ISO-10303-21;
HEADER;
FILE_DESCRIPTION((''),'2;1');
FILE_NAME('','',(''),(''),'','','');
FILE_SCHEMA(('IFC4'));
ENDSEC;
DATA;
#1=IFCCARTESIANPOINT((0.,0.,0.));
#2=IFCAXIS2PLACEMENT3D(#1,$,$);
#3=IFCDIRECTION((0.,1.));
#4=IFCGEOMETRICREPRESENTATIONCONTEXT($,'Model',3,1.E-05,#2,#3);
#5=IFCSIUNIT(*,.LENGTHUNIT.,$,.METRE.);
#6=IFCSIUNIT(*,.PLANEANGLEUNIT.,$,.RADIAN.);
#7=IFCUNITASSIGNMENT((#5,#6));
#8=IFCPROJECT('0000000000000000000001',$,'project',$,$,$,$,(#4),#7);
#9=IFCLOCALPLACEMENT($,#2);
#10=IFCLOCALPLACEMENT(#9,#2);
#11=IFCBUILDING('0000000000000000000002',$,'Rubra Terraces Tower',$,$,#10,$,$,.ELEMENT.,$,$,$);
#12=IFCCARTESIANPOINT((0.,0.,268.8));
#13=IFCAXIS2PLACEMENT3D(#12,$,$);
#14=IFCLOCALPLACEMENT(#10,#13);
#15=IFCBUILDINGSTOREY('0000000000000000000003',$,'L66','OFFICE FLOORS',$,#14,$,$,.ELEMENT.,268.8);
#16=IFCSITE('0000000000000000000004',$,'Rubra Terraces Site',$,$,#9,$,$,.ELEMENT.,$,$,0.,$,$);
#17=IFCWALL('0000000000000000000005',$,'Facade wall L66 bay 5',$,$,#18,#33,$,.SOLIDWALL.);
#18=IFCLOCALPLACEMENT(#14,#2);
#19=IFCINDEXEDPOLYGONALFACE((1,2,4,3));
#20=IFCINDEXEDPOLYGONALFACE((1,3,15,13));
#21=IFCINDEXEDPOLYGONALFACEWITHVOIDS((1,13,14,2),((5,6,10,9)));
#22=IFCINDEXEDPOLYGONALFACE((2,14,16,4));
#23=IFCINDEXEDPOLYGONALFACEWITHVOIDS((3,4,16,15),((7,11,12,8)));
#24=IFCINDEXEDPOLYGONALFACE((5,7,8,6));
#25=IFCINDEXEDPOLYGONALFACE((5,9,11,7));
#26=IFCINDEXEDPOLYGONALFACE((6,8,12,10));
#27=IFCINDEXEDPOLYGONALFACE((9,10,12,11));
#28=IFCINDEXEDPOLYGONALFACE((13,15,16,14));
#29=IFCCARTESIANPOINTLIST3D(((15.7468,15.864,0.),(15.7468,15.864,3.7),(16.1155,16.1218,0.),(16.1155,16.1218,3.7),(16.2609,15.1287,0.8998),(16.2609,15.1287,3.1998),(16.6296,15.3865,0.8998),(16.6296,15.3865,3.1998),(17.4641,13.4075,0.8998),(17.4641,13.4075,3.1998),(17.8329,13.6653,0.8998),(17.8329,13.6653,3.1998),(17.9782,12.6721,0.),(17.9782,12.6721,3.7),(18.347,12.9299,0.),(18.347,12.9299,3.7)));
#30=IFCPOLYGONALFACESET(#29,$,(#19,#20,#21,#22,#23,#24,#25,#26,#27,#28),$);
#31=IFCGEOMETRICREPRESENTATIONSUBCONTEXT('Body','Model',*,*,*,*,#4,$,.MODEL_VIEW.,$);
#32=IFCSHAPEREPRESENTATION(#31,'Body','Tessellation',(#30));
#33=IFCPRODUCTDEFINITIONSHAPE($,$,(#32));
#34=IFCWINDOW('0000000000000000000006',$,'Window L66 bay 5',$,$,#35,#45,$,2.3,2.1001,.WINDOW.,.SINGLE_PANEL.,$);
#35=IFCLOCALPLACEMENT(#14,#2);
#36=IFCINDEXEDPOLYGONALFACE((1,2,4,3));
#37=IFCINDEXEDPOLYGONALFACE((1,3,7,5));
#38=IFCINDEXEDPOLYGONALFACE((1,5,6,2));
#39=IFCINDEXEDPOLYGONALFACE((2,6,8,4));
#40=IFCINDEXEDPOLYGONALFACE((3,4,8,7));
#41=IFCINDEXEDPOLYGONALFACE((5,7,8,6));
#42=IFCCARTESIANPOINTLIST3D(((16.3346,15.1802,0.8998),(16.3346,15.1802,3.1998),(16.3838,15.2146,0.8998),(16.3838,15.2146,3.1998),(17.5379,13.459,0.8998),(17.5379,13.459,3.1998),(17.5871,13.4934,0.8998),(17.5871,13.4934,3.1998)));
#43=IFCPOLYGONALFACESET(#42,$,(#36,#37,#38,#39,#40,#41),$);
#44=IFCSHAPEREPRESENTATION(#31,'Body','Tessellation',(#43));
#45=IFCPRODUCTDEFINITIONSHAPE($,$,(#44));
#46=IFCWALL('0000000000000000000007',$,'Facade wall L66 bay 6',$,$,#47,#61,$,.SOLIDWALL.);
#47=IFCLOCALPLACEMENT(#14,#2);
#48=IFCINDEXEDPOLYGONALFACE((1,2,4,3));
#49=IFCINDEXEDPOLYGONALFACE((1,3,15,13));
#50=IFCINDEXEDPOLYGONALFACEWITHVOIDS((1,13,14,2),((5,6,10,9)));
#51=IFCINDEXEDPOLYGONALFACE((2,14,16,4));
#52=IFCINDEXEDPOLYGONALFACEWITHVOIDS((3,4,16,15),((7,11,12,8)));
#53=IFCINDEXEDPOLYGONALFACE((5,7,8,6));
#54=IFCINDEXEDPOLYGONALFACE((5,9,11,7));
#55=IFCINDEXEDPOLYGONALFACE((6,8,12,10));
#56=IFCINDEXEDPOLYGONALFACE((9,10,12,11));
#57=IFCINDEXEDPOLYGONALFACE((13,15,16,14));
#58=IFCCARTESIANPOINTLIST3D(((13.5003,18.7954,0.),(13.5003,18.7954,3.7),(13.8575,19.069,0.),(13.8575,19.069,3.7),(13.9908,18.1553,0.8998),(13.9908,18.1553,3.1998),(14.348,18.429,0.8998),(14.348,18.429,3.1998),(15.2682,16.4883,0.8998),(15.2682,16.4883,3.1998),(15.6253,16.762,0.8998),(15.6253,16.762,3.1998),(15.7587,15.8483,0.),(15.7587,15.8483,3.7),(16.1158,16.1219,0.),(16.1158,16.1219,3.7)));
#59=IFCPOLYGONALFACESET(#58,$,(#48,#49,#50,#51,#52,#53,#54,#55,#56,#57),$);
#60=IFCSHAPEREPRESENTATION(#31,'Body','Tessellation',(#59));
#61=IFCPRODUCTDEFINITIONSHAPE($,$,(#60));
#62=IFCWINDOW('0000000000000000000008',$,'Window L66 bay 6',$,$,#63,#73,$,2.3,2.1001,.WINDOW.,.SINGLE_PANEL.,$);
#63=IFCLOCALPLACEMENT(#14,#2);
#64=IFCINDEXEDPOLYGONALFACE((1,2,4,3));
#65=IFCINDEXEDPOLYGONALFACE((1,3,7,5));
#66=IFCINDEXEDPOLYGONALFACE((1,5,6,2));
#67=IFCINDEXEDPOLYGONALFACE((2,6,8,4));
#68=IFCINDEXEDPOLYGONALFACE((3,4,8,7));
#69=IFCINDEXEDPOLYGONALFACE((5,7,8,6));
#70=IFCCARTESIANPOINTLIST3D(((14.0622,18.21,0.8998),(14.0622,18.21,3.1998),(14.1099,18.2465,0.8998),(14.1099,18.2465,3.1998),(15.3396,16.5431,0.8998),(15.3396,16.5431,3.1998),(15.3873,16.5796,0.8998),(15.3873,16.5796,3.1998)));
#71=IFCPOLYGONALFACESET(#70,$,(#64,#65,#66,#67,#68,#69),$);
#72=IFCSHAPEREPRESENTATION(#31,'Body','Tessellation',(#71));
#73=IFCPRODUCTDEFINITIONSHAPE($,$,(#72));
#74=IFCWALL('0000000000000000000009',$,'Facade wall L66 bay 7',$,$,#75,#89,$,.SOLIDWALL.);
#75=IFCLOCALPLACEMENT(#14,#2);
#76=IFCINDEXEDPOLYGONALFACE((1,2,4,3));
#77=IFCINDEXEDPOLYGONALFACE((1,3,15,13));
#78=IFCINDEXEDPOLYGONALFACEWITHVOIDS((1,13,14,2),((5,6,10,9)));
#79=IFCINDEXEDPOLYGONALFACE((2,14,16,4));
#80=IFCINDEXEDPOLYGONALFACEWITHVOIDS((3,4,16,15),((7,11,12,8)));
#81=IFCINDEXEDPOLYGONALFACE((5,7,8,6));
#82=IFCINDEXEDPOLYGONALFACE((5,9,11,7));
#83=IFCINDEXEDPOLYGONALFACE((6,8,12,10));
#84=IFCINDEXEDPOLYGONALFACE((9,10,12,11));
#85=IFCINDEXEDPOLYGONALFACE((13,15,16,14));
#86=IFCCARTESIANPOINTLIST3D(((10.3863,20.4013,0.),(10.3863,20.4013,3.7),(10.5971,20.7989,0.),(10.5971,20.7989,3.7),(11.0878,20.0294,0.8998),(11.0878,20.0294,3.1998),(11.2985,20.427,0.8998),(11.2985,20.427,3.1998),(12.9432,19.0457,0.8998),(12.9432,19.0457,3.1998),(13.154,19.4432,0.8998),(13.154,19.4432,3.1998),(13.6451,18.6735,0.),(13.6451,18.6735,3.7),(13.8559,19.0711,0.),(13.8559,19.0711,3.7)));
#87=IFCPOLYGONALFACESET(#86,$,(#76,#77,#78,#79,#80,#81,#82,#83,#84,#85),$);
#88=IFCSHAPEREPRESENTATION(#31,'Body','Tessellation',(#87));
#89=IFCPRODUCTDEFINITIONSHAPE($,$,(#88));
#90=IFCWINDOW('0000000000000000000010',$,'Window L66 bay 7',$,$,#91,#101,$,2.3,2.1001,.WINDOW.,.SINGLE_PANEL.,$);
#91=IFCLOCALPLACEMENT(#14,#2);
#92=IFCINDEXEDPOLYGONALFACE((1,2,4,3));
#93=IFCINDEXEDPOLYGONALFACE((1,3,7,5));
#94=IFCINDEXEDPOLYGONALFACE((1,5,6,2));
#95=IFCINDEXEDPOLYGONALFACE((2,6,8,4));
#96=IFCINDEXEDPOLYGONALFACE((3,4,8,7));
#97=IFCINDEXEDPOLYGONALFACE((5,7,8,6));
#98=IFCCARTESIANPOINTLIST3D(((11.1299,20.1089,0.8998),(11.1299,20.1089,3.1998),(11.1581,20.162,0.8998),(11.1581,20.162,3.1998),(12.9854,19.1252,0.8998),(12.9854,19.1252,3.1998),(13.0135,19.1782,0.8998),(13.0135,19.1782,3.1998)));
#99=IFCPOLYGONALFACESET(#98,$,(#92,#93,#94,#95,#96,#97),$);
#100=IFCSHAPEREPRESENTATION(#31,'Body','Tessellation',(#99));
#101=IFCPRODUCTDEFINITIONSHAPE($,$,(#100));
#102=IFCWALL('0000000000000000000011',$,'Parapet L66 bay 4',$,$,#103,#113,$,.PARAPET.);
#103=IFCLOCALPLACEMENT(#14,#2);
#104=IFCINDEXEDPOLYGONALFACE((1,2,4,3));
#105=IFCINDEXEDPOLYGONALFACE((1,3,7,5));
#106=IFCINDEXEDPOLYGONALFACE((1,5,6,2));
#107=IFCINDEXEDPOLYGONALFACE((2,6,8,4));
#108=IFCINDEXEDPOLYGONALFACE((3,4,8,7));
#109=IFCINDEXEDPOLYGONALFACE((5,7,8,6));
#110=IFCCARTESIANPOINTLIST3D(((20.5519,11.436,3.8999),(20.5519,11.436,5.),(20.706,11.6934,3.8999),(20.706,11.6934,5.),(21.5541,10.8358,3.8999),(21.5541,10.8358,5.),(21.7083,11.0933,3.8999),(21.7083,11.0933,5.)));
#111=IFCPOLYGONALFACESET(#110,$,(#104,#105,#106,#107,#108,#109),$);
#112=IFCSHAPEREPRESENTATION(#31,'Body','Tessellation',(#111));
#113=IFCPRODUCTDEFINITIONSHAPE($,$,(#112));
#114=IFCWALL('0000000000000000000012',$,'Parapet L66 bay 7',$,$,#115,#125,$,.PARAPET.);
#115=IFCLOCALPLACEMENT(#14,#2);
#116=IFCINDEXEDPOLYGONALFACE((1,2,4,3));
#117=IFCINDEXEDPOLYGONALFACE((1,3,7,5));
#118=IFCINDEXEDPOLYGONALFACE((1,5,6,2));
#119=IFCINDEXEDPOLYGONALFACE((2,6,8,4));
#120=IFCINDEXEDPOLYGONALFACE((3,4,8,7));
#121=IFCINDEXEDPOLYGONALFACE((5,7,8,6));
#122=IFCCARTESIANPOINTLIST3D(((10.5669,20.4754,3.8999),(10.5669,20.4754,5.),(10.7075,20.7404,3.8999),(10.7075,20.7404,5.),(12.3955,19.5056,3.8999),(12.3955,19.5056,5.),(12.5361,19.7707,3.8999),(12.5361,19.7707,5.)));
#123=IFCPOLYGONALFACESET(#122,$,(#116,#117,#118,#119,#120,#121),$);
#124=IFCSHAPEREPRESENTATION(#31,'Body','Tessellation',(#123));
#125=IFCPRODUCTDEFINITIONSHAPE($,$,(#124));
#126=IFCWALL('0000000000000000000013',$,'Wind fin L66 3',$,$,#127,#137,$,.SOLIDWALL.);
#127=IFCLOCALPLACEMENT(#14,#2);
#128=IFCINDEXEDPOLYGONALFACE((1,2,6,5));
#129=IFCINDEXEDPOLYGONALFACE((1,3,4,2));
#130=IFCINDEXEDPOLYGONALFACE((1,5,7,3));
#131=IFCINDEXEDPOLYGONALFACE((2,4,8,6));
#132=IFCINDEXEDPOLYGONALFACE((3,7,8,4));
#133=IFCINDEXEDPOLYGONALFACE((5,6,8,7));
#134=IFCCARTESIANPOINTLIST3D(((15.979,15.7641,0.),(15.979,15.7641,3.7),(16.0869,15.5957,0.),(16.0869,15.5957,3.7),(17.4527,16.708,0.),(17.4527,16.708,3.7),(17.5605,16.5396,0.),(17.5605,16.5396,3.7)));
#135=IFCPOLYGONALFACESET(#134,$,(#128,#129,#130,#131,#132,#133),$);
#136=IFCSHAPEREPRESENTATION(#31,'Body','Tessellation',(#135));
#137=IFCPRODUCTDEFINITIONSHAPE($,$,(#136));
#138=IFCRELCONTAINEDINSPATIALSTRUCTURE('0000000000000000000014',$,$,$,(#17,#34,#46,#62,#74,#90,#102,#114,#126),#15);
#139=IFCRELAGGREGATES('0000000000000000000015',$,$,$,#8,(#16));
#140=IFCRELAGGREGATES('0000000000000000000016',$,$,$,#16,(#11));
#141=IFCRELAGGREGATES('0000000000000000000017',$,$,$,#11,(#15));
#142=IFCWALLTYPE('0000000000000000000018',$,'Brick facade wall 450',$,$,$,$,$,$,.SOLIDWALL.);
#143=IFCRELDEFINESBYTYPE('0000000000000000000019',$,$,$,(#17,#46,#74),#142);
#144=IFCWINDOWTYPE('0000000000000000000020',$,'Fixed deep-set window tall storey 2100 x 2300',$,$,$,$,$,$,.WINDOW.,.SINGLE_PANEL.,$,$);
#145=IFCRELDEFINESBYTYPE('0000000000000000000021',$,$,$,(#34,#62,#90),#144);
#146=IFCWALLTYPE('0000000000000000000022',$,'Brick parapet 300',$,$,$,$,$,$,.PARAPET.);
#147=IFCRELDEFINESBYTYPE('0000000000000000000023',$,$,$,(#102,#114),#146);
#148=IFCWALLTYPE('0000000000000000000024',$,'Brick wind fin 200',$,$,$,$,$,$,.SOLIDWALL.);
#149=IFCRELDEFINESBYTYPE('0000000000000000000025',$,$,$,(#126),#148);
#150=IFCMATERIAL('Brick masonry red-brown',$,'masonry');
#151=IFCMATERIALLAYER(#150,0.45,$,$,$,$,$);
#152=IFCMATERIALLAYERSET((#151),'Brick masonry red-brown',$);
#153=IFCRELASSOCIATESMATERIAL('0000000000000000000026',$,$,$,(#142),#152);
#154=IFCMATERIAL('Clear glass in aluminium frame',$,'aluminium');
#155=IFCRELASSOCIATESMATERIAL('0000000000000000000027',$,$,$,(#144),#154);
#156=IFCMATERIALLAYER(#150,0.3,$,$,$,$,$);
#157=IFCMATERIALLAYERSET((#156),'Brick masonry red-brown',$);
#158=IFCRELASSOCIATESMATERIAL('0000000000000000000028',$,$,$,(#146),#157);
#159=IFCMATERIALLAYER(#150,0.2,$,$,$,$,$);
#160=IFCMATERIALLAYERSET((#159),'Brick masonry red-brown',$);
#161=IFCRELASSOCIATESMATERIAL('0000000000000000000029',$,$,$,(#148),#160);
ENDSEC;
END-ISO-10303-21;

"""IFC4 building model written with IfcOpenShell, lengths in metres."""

from ifc_helpers import new_model, si_unit, direction, frame, frame_2d, origin, place, context, subcontext, project, spatial, rectangle, extrude, material, layer, layer_set, type_object, element, fill, save


model = new_model("IFC4")

# Units and contexts
model_context = context("Model", 3, precision=1e-05, world=origin(), true_north=direction((0.0, 1.0)))
body_context = subcontext(model_context, "Body", "Model", "MODEL_VIEW")
ifc_project = project(units=[si_unit("LENGTHUNIT", "METRE"), si_unit("PLANEANGLEUNIT", "RADIAN")], contexts=[model_context])

# Site, building, storey
site_placement = place(None, origin())
site = spatial("IfcSite", under=ifc_project, at=site_placement, Name="Rubra Terraces Site", CompositionType="ELEMENT", RefElevation=0.0)
building_placement = place(site_placement, origin())
building = spatial("IfcBuilding", under=site, at=building_placement, Name="Rubra Terraces Tower", CompositionType="ELEMENT")
storey_placement = place(building_placement, frame((0.0, 0.0, 268.8)))
storey = spatial("IfcBuildingStorey", under=building, at=storey_placement, Name="L66", Description="OFFICE FLOORS", CompositionType="ELEMENT", Elevation=268.8)

# Walls, openings, windows
ifc_material_1 = material(Name="Brick masonry red-brown", Category="masonry")
ifc_layer_1 = layer(ifc_material_1, 0.45)
ifc_layer_set_1 = layer_set([ifc_layer_1], Name="Brick masonry red-brown")
wall_type_1 = type_object("IfcWallType", Name="Brick facade wall 450", PredefinedType="SOLIDWALL", material=ifc_layer_set_1)
wall_1_placement = place(storey_placement, frame((18.1626, 12.801, 0.0), z_axis=(0.0, 0.0, 1.0), x_axis=(-0.572966, 0.819579, 0.0)))
wall_1 = element("IfcWall", 1, at=wall_1_placement, inside=storey, type_object=wall_type_1, Name="Facade wall L66 bay 5", PredefinedType="SOLIDWALL", context=body_context, shape_type="SweptSolid", body=[
    extrude(rectangle(XDim=3.8945, YDim=0.45, at=frame_2d((1.9473, 0.0))), origin(), (0.0, 0.0, 1.0), 3.7),
])
opening_1_placement = place(wall_1_placement, frame((0.8972, 0.0, 0.8999)))
opening_1 = element("IfcOpeningElement", 2, at=opening_1_placement, cuts=wall_1, PredefinedType="OPENING", context=body_context, shape_type="SweptSolid", body=[
    extrude(rectangle(XDim=2.1001, YDim=2.3, at=frame_2d((1.05, 1.1499))), frame((0.0, 0.2349, 0.0), z_axis=(0.0, -1.0, 0.0), x_axis=(1.0, 0.0, 0.0)), (0.0, 0.0, 1.0), 0.47),
])
ifc_material_2 = material(Name="Clear glass in aluminium frame", Category="aluminium")
window_type = type_object("IfcWindowType", Name="Fixed deep-set window tall storey 2100 x 2300", PartitioningType="SINGLE_PANEL", PredefinedType="WINDOW", material=ifc_material_2)
window_1_placement = place(opening_1_placement, origin())
window_1 = element("IfcWindow", 3, at=window_1_placement, inside=storey, type_object=window_type, Name="Window L66 bay 5", OverallHeight=2.3, OverallWidth=2.1001, PartitioningType="SINGLE_PANEL", PredefinedType="WINDOW", context=body_context, shape_type="SweptSolid", body=[
    extrude(rectangle(XDim=2.1001, YDim=2.3, at=frame_2d((1.05, 1.1499))), frame((0.0, 0.135, 0.0), z_axis=(0.0, -1.0, 0.0), x_axis=(1.0, 0.0, 0.0)), (0.0, 0.0, 1.0), 0.0601),
])
fill(opening_1, window_1)
wall_2_placement = place(storey_placement, frame((15.9373, 15.9851, 0.0), z_axis=(0.0, 0.0, 1.0), x_axis=(-0.608248, 0.793747, 0.0)))
wall_2 = element("IfcWall", 4, at=wall_2_placement, inside=storey, type_object=wall_type_1, Name="Facade wall L66 bay 6", PredefinedType="SOLIDWALL", context=body_context, shape_type="SweptSolid", body=[
    extrude(rectangle(XDim=3.7129, YDim=0.45, at=frame_2d((1.8564, 0.0))), origin(), (0.0, 0.0, 1.0), 3.7),
])
opening_2_placement = place(wall_2_placement, frame((0.8064, 0.0, 0.8999)))
opening_2 = element("IfcOpeningElement", 5, at=opening_2_placement, cuts=wall_2, PredefinedType="OPENING", context=body_context, shape_type="SweptSolid", body=[
    extrude(rectangle(XDim=2.1001, YDim=2.3, at=frame_2d((1.05, 1.1499))), frame((0.0, 0.2349, 0.0), z_axis=(0.0, -1.0, 0.0), x_axis=(1.0, 0.0, 0.0)), (0.0, 0.0, 1.0), 0.47),
])
window_2_placement = place(opening_2_placement, origin())
window_2 = element("IfcWindow", 6, at=window_2_placement, inside=storey, type_object=window_type, Name="Window L66 bay 6", OverallHeight=2.3, OverallWidth=2.1001, PartitioningType="SINGLE_PANEL", PredefinedType="WINDOW", context=body_context, shape_type="SweptSolid", body=[
    extrude(rectangle(XDim=2.1001, YDim=2.3, at=frame_2d((1.05, 1.1499))), frame((0.0, 0.135, 0.0), z_axis=(0.0, -1.0, 0.0), x_axis=(1.0, 0.0, 0.0)), (0.0, 0.0, 1.0), 0.0601),
])
fill(opening_2, window_2)
wall_3_placement = place(storey_placement, frame((13.7505, 18.8723, 0.0), z_axis=(0.0, 0.0, 1.0), x_axis=(-0.883503, 0.468426, 0.0)))
wall_3 = element("IfcWall", 7, at=wall_3_placement, inside=storey, type_object=wall_type_1, Name="Facade wall L66 bay 7", PredefinedType="SOLIDWALL", context=body_context, shape_type="SweptSolid", body=[
    extrude(rectangle(XDim=3.6885, YDim=0.45, at=frame_2d((1.8442, 0.0))), origin(), (0.0, 0.0, 1.0), 3.7),
])
opening_3_placement = place(wall_3_placement, frame((0.7944, 0.0, 0.8999)))
opening_3 = element("IfcOpeningElement", 8, at=opening_3_placement, cuts=wall_3, PredefinedType="OPENING", context=body_context, shape_type="SweptSolid", body=[
    extrude(rectangle(XDim=2.1001, YDim=2.3, at=frame_2d((1.05, 1.1499))), frame((0.0, 0.2349, 0.0), z_axis=(0.0, -1.0, 0.0), x_axis=(1.0, 0.0, 0.0)), (0.0, 0.0, 1.0), 0.47),
])
window_3_placement = place(opening_3_placement, origin())
window_3 = element("IfcWindow", 9, at=window_3_placement, inside=storey, type_object=window_type, Name="Window L66 bay 7", OverallHeight=2.3, OverallWidth=2.1001, PartitioningType="SINGLE_PANEL", PredefinedType="WINDOW", context=body_context, shape_type="SweptSolid", body=[
    extrude(rectangle(XDim=2.1001, YDim=2.3, at=frame_2d((1.05, 1.1499))), frame((0.0, 0.135, 0.0), z_axis=(0.0, -1.0, 0.0), x_axis=(1.0, 0.0, 0.0)), (0.0, 0.0, 1.0), 0.0601),
])
fill(opening_3, window_3)

# Walls
ifc_layer_2 = layer(ifc_material_1, 0.3)
ifc_layer_set_2 = layer_set([ifc_layer_2], Name="Brick masonry red-brown")
wall_type_2 = type_object("IfcWallType", Name="Brick parapet 300", PredefinedType="PARAPET", material=ifc_layer_set_2)
wall_4_placement = place(storey_placement, frame((21.6311, 10.9646, 3.8999), z_axis=(0.0, 0.0, 1.0), x_axis=(-0.857954, 0.513727, 0.0)))
element("IfcWall", 10, at=wall_4_placement, inside=storey, type_object=wall_type_2, Name="Parapet L66 bay 4", PredefinedType="PARAPET", context=body_context, shape_type="SweptSolid", body=[
    extrude(rectangle(XDim=1.1682, YDim=0.3, at=frame_2d((0.584, 0.0))), origin(), (0.0, 0.0, 1.0), 1.1001),
])
wall_5_placement = place(storey_placement, frame((12.4658, 19.6382, 3.8999), z_axis=(0.0, 0.0, 1.0), x_axis=(-0.883461, 0.468505, 0.0)))
element("IfcWall", 11, at=wall_5_placement, inside=storey, type_object=wall_type_2, Name="Parapet L66 bay 7", PredefinedType="PARAPET", context=body_context, shape_type="SweptSolid", body=[
    extrude(rectangle(XDim=2.0698, YDim=0.3, at=frame_2d((1.0349, 0.0))), origin(), (0.0, 0.0, 1.0), 1.1001),
])
ifc_layer_3 = layer(ifc_material_1, 0.2)
ifc_layer_set_3 = layer_set([ifc_layer_3], Name="Brick masonry red-brown")
wall_type_3 = type_object("IfcWallType", Name="Brick wind fin 200", PredefinedType="SOLIDWALL", material=ifc_layer_set_3)
wall_6_placement = place(storey_placement, frame((16.033, 15.6799, 0.0), z_axis=(0.0, 0.0, 1.0), x_axis=(0.842084, 0.539347, 0.0)))
element("IfcWall", 12, at=wall_6_placement, inside=storey, type_object=wall_type_3, Name="Wind fin L66 3", PredefinedType="SOLIDWALL", context=body_context, shape_type="SweptSolid", body=[
    extrude(rectangle(XDim=1.75, YDim=0.2, at=frame_2d((0.875, 0.0))), origin(), (0.0, 0.0, 1.0), 3.7),
])

save(model, "model.ifc")
